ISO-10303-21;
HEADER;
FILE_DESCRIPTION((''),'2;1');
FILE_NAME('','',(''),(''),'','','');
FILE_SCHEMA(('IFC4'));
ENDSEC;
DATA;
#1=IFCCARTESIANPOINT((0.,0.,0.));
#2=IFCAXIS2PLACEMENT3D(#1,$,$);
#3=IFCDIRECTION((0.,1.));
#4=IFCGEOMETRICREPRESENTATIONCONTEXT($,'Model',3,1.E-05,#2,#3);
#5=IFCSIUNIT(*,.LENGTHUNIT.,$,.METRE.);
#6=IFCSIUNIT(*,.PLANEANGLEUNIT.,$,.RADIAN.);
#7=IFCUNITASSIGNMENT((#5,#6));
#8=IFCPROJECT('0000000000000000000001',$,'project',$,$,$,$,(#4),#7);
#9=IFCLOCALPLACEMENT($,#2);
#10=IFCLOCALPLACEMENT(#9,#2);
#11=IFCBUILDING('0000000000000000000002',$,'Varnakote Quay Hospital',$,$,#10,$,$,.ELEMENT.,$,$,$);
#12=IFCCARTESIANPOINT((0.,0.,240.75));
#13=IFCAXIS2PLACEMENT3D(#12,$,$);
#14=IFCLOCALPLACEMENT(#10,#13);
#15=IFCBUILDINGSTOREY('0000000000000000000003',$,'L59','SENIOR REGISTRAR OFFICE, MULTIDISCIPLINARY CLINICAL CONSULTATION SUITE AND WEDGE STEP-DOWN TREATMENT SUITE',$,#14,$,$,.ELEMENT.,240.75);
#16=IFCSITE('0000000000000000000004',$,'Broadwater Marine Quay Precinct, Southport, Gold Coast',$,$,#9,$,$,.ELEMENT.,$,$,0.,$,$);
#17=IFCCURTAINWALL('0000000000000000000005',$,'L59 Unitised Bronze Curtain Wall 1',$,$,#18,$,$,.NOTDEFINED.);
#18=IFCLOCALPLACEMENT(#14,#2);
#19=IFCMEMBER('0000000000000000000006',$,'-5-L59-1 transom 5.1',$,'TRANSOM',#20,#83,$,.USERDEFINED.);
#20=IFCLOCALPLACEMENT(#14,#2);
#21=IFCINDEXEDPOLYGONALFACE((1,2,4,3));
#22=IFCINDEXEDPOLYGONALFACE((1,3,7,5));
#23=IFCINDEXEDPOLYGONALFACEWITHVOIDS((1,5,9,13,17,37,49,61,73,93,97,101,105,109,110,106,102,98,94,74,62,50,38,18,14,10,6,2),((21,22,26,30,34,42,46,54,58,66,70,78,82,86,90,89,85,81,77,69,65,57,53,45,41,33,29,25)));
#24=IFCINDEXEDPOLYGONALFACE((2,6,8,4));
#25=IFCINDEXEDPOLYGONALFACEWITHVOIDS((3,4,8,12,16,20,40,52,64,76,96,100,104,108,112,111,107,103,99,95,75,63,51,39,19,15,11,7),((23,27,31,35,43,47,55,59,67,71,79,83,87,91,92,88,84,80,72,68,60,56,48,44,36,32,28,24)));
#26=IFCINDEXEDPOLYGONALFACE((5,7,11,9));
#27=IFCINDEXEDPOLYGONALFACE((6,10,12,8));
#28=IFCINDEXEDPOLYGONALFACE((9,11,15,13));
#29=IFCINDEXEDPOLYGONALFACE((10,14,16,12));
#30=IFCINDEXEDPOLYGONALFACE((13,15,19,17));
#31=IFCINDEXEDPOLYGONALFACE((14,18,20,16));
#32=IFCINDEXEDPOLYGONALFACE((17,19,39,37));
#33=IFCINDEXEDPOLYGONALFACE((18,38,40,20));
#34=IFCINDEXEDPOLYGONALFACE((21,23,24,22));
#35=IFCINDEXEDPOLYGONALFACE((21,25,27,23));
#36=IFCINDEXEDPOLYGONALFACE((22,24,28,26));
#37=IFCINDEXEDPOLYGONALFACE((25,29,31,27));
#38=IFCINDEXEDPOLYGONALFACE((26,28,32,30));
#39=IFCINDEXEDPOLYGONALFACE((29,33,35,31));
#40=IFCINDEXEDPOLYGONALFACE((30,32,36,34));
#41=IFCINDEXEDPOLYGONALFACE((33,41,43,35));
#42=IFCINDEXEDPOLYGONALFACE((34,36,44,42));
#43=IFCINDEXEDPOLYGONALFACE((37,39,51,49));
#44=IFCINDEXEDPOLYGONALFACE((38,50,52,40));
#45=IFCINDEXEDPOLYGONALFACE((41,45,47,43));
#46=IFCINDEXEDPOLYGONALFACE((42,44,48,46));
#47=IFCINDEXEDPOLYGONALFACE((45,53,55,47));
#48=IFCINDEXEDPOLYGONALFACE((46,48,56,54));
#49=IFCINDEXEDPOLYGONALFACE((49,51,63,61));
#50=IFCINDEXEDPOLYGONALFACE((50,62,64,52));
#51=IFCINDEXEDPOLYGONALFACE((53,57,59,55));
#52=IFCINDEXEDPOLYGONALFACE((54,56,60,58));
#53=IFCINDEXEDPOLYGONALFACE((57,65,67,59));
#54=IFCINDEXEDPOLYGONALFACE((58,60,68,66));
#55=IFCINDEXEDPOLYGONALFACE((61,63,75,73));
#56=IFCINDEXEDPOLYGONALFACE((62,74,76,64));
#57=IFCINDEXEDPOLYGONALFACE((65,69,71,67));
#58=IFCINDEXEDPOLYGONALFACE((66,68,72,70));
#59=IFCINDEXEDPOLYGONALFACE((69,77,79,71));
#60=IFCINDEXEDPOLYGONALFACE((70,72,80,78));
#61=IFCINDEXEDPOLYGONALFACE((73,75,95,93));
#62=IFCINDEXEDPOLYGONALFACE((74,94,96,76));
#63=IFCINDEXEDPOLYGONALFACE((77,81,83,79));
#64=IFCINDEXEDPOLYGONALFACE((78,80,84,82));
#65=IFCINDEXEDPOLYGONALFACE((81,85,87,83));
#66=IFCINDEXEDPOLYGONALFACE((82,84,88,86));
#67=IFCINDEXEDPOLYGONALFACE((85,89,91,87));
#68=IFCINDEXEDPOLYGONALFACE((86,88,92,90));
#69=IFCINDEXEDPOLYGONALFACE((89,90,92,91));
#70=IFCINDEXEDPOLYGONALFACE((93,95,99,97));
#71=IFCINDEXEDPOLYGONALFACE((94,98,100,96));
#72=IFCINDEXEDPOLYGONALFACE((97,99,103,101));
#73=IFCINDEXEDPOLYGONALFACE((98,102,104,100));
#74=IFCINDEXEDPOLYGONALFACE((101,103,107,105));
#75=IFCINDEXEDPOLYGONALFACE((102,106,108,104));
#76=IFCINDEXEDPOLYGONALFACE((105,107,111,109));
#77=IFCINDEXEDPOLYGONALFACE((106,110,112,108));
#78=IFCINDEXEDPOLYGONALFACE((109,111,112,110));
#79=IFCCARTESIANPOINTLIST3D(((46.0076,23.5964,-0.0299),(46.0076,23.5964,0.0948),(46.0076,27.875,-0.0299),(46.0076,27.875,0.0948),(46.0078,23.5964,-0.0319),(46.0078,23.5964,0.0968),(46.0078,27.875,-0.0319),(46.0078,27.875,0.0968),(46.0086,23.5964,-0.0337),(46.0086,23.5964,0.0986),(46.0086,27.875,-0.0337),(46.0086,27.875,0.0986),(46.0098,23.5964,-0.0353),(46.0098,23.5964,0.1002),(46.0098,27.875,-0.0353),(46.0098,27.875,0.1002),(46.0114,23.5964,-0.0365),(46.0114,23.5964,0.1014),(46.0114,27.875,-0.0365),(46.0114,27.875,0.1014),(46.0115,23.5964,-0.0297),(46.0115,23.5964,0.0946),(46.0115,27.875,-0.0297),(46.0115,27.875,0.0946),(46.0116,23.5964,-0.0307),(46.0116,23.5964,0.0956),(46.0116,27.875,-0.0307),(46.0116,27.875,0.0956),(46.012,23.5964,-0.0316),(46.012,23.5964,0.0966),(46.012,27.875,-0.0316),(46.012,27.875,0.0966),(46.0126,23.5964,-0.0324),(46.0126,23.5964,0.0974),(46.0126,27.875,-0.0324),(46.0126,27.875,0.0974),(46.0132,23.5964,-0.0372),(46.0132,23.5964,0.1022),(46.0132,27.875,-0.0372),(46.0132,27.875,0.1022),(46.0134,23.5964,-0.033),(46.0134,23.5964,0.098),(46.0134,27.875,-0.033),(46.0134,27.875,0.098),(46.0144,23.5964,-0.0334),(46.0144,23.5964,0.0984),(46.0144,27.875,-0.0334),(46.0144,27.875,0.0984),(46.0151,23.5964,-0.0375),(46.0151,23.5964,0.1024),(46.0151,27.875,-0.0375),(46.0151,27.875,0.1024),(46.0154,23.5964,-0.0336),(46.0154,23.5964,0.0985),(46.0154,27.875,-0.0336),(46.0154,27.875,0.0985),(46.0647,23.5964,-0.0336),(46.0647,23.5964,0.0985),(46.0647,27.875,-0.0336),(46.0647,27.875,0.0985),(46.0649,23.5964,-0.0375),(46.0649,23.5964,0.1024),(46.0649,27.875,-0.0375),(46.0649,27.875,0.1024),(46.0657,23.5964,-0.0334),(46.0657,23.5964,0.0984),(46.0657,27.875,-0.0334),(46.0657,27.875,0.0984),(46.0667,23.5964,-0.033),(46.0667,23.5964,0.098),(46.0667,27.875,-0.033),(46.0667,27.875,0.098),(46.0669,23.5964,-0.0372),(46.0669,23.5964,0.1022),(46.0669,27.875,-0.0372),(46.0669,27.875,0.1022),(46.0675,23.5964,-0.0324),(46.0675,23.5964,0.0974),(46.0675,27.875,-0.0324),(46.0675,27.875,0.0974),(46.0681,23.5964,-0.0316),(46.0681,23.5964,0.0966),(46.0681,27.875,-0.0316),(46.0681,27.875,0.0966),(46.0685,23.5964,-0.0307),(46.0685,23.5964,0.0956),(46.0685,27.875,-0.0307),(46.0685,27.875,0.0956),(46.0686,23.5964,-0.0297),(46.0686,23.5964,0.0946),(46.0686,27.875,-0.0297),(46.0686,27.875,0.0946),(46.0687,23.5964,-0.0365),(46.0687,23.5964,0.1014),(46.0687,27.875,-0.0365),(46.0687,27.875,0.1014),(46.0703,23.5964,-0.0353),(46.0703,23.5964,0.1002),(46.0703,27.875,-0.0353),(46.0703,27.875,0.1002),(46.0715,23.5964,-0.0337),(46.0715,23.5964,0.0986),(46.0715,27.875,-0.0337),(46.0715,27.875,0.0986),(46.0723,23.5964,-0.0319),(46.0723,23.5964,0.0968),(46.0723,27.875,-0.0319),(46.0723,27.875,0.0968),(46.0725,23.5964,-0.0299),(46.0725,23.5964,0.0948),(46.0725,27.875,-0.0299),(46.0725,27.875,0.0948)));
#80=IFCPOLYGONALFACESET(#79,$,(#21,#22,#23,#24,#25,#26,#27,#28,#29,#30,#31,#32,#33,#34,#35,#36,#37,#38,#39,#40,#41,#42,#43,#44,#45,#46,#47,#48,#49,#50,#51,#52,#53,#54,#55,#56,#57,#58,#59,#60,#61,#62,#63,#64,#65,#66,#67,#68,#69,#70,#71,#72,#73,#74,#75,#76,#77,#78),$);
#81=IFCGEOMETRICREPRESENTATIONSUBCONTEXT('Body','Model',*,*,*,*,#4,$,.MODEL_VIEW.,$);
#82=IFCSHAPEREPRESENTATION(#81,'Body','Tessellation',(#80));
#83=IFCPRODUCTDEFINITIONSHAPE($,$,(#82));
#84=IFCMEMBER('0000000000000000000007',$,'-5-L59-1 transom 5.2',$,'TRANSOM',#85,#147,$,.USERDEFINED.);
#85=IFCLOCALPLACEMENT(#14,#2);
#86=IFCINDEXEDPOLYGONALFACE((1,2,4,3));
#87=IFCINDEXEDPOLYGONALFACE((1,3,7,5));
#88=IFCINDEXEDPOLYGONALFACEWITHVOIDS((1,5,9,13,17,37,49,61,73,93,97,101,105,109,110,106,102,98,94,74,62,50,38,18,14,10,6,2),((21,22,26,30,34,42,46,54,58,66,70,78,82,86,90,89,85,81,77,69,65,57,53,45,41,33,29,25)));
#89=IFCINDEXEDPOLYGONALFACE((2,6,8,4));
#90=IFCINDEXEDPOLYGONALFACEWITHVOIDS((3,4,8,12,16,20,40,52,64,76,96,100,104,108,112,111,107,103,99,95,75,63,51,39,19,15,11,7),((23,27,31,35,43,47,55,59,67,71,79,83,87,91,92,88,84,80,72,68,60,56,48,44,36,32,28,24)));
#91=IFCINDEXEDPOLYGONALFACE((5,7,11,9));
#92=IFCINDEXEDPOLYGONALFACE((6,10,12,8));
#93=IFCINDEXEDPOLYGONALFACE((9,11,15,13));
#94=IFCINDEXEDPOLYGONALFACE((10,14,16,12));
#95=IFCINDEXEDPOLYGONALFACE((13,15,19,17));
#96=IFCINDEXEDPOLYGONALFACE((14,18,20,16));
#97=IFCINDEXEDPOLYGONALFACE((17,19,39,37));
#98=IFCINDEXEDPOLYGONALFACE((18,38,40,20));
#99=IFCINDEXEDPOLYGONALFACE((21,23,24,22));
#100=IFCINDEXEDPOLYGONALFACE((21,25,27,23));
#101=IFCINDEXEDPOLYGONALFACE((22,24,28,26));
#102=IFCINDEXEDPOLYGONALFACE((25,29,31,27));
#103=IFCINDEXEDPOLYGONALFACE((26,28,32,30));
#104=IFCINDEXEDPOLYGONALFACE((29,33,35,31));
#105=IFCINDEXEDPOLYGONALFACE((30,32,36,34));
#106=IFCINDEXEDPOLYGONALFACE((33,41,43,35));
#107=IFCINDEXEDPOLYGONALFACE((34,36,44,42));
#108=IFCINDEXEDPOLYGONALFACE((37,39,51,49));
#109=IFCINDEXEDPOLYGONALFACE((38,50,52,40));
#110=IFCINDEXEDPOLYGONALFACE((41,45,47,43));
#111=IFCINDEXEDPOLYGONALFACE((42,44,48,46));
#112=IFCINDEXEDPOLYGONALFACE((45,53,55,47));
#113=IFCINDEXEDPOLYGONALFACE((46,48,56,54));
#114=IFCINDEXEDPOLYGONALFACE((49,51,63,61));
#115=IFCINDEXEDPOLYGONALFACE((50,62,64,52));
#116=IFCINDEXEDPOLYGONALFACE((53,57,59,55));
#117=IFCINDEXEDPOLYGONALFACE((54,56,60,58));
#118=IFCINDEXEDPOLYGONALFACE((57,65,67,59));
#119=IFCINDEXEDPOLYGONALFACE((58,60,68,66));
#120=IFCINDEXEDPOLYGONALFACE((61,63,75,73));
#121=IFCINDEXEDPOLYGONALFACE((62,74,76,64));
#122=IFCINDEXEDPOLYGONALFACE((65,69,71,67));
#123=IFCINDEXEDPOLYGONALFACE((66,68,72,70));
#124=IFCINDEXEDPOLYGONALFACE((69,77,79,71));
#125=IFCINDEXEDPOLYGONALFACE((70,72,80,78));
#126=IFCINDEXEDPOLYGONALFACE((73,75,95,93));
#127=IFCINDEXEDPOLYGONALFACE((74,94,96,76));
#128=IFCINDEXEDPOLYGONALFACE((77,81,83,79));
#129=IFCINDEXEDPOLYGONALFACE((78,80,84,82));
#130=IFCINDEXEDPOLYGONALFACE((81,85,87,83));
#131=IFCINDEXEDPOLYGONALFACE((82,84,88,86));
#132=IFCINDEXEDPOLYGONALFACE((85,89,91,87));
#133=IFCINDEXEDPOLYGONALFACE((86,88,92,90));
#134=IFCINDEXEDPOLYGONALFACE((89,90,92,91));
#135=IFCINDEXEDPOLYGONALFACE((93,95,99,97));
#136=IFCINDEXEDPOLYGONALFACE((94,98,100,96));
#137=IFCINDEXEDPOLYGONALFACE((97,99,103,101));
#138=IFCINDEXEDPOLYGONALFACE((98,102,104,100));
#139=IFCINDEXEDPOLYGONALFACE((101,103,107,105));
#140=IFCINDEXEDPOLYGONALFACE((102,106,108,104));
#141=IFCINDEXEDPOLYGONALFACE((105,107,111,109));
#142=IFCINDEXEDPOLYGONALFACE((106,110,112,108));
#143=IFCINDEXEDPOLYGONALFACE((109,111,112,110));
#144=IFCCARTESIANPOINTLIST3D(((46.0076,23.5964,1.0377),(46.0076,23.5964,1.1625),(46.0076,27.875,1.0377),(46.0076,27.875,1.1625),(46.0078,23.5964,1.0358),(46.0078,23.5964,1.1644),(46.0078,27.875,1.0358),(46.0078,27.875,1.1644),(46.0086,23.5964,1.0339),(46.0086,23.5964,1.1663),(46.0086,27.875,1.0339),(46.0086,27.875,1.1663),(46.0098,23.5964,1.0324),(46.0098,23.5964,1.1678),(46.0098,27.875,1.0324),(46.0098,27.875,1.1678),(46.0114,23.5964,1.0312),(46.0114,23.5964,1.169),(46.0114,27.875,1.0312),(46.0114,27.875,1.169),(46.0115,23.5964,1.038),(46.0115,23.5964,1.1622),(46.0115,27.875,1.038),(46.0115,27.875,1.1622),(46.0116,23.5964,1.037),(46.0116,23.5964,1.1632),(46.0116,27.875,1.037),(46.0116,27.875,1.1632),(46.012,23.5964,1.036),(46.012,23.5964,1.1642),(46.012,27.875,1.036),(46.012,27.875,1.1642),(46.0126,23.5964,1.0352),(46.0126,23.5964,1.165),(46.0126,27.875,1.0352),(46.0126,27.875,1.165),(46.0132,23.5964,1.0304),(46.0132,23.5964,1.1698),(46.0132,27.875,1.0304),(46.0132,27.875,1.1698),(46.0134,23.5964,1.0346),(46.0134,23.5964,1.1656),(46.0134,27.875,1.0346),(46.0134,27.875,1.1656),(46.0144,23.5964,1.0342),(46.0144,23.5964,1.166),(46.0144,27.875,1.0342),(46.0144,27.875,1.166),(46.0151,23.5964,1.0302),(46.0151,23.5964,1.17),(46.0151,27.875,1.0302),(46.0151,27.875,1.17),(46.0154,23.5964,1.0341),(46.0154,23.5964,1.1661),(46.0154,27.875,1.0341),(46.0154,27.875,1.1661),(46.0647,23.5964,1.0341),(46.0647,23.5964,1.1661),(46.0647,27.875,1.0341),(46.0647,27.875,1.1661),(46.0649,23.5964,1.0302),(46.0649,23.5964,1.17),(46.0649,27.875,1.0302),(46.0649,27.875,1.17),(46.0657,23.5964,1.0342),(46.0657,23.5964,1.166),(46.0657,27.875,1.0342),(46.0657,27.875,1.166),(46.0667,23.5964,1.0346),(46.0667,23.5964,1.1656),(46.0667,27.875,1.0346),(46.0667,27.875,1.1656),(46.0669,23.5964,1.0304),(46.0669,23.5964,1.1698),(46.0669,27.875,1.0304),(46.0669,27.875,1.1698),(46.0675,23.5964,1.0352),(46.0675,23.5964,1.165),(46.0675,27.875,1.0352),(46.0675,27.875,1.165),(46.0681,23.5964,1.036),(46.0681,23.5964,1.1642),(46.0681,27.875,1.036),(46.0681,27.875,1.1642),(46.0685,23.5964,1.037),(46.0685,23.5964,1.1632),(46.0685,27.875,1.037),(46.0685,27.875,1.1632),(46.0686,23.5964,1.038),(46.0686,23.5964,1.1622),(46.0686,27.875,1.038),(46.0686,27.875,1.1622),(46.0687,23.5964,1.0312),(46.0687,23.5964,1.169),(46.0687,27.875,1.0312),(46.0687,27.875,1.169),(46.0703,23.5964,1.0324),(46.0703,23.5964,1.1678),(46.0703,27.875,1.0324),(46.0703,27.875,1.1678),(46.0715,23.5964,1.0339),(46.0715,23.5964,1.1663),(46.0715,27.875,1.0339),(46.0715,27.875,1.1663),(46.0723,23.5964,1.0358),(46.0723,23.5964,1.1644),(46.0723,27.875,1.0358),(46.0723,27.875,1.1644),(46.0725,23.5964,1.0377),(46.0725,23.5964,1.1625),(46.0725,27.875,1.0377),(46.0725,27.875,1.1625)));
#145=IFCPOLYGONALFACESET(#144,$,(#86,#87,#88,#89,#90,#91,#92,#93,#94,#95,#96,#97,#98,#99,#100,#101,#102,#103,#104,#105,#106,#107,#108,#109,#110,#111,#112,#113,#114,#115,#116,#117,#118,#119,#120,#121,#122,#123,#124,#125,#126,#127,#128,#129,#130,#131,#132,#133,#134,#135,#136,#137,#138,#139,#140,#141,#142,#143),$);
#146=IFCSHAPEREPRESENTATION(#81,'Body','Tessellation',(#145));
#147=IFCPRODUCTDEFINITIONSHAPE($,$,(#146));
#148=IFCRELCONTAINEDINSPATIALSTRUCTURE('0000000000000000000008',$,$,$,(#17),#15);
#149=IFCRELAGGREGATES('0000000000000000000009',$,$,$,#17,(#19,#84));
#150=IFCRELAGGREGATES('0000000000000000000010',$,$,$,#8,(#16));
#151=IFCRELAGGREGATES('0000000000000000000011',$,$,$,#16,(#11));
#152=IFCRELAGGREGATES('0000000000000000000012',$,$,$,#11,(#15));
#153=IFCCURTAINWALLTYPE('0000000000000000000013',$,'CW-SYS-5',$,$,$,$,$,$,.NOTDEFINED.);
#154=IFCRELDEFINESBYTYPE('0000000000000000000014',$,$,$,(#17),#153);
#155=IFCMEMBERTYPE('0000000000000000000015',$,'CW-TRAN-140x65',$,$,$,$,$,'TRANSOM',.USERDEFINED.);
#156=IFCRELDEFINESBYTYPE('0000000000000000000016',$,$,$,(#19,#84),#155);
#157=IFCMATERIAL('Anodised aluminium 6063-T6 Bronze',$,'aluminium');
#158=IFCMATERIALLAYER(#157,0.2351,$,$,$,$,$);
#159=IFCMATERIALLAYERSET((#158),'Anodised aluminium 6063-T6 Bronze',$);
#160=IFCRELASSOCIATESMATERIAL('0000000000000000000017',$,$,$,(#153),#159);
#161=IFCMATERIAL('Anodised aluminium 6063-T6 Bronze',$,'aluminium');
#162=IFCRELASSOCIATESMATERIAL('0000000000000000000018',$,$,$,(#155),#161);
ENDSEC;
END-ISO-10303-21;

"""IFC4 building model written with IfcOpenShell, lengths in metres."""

from ifc_helpers import new_model, si_unit, direction, frame, origin, origin_2d, place, context, subcontext, project, spatial, hollow_rectangle, extrude, material, layer, layer_set, material_profile, profile_set, type_object, element, aggregate, save


model = new_model("IFC4")

# Units and contexts
model_context = context("Model", 3, precision=1e-05, world=origin(), true_north=direction((0.0, 1.0)))
body_context = subcontext(model_context, "Body", "Model", "MODEL_VIEW")
ifc_project = project(units=[si_unit("LENGTHUNIT", "METRE"), si_unit("PLANEANGLEUNIT", "RADIAN")], contexts=[model_context])

# Site, building, storey
site_placement = place(None, origin())
site = spatial("IfcSite", under=ifc_project, at=site_placement, Name="Broadwater Marine Quay Precinct, Southport, Gold Coast", CompositionType="ELEMENT", RefElevation=0.0)
building_placement = place(site_placement, origin())
building = spatial("IfcBuilding", under=site, at=building_placement, Name="Varnakote Quay Hospital", CompositionType="ELEMENT")
storey_placement = place(building_placement, frame((0.0, 0.0, 240.75)))
storey = spatial("IfcBuildingStorey", under=building, at=storey_placement, Name="L59", Description="SENIOR REGISTRAR OFFICE, MULTIDISCIPLINARY CLINICAL CONSULTATION SUITE AND WEDGE STEP-DOWN TREATMENT SUITE", CompositionType="ELEMENT", Elevation=240.75)

# Curtain wall
ifc_material_1 = material(Name="Anodised aluminium 6063-T6 Bronze", Category="aluminium")
ifc_layer_1 = layer(ifc_material_1, 0.2351)
ifc_layer_set_1 = layer_set([ifc_layer_1], Name="Anodised aluminium 6063-T6 Bronze")
curtain_wall_type = type_object("IfcCurtainWallType", Name="CW-SYS-5", PredefinedType="NOTDEFINED", material=ifc_layer_set_1)
curtain_wall_1_placement = place(storey_placement, origin())
curtain_wall_1 = element("IfcCurtainWall", 1, at=curtain_wall_1_placement, inside=storey, type_object=curtain_wall_type, Name="L59 Unitised Bronze Curtain Wall 1", PredefinedType="NOTDEFINED")

# Members
ifc_material_2 = material(Name="Anodised aluminium 6063-T6 Bronze", Category="aluminium")
ifc_material_profile_1 = material_profile(ifc_material_2, hollow_rectangle(XDim=0.0649, YDim=0.1399, WallThickness=0.0039, InnerFilletRadius=0.0039, OuterFilletRadius=0.0076, at=origin_2d()), Name="CW-TRAN-140x65")
ifc_profile_set_1 = profile_set([ifc_material_profile_1], Name="Anodised aluminium 6063-T6 Bronze")
member_type_1 = type_object("IfcMemberType", Name="CW-TRAN-140x65", ElementType="TRANSOM", PredefinedType="USERDEFINED", material=ifc_profile_set_1)
member_1_placement = place(storey_placement, frame((46.04, 23.5964, 0.0325), z_axis=(0.0, 1.0, 0.0), x_axis=(-1.0, 0.0, 0.0)))
member_1 = element("IfcMember", 2, at=member_1_placement, type_object=member_type_1, Name="-5-L59-1 transom 5.1", ObjectType="TRANSOM", PredefinedType="USERDEFINED", context=body_context, shape_type="SweptSolid", body=[
    extrude(hollow_rectangle(XDim=0.0649, YDim=0.1399, WallThickness=0.0039, InnerFilletRadius=0.0039, OuterFilletRadius=0.0076, at=origin_2d()), origin(), (0.0, 0.0, 1.0), 4.2786),
])
member_2_placement = place(storey_placement, frame((46.04, 23.5964, 1.1001), z_axis=(0.0, 1.0, 0.0), x_axis=(-1.0, 0.0, 0.0)))
member_2 = element("IfcMember", 3, at=member_2_placement, type_object=member_type_1, Name="-5-L59-1 transom 5.2", ObjectType="TRANSOM", PredefinedType="USERDEFINED", context=body_context, shape_type="SweptSolid", body=[
    extrude(hollow_rectangle(XDim=0.0649, YDim=0.1399, WallThickness=0.0039, InnerFilletRadius=0.0039, OuterFilletRadius=0.0076, at=origin_2d()), origin(), (0.0, 0.0, 1.0), 4.2786),
])

aggregate(curtain_wall_1, [member_1, member_2])

save(model, "model.ifc")
